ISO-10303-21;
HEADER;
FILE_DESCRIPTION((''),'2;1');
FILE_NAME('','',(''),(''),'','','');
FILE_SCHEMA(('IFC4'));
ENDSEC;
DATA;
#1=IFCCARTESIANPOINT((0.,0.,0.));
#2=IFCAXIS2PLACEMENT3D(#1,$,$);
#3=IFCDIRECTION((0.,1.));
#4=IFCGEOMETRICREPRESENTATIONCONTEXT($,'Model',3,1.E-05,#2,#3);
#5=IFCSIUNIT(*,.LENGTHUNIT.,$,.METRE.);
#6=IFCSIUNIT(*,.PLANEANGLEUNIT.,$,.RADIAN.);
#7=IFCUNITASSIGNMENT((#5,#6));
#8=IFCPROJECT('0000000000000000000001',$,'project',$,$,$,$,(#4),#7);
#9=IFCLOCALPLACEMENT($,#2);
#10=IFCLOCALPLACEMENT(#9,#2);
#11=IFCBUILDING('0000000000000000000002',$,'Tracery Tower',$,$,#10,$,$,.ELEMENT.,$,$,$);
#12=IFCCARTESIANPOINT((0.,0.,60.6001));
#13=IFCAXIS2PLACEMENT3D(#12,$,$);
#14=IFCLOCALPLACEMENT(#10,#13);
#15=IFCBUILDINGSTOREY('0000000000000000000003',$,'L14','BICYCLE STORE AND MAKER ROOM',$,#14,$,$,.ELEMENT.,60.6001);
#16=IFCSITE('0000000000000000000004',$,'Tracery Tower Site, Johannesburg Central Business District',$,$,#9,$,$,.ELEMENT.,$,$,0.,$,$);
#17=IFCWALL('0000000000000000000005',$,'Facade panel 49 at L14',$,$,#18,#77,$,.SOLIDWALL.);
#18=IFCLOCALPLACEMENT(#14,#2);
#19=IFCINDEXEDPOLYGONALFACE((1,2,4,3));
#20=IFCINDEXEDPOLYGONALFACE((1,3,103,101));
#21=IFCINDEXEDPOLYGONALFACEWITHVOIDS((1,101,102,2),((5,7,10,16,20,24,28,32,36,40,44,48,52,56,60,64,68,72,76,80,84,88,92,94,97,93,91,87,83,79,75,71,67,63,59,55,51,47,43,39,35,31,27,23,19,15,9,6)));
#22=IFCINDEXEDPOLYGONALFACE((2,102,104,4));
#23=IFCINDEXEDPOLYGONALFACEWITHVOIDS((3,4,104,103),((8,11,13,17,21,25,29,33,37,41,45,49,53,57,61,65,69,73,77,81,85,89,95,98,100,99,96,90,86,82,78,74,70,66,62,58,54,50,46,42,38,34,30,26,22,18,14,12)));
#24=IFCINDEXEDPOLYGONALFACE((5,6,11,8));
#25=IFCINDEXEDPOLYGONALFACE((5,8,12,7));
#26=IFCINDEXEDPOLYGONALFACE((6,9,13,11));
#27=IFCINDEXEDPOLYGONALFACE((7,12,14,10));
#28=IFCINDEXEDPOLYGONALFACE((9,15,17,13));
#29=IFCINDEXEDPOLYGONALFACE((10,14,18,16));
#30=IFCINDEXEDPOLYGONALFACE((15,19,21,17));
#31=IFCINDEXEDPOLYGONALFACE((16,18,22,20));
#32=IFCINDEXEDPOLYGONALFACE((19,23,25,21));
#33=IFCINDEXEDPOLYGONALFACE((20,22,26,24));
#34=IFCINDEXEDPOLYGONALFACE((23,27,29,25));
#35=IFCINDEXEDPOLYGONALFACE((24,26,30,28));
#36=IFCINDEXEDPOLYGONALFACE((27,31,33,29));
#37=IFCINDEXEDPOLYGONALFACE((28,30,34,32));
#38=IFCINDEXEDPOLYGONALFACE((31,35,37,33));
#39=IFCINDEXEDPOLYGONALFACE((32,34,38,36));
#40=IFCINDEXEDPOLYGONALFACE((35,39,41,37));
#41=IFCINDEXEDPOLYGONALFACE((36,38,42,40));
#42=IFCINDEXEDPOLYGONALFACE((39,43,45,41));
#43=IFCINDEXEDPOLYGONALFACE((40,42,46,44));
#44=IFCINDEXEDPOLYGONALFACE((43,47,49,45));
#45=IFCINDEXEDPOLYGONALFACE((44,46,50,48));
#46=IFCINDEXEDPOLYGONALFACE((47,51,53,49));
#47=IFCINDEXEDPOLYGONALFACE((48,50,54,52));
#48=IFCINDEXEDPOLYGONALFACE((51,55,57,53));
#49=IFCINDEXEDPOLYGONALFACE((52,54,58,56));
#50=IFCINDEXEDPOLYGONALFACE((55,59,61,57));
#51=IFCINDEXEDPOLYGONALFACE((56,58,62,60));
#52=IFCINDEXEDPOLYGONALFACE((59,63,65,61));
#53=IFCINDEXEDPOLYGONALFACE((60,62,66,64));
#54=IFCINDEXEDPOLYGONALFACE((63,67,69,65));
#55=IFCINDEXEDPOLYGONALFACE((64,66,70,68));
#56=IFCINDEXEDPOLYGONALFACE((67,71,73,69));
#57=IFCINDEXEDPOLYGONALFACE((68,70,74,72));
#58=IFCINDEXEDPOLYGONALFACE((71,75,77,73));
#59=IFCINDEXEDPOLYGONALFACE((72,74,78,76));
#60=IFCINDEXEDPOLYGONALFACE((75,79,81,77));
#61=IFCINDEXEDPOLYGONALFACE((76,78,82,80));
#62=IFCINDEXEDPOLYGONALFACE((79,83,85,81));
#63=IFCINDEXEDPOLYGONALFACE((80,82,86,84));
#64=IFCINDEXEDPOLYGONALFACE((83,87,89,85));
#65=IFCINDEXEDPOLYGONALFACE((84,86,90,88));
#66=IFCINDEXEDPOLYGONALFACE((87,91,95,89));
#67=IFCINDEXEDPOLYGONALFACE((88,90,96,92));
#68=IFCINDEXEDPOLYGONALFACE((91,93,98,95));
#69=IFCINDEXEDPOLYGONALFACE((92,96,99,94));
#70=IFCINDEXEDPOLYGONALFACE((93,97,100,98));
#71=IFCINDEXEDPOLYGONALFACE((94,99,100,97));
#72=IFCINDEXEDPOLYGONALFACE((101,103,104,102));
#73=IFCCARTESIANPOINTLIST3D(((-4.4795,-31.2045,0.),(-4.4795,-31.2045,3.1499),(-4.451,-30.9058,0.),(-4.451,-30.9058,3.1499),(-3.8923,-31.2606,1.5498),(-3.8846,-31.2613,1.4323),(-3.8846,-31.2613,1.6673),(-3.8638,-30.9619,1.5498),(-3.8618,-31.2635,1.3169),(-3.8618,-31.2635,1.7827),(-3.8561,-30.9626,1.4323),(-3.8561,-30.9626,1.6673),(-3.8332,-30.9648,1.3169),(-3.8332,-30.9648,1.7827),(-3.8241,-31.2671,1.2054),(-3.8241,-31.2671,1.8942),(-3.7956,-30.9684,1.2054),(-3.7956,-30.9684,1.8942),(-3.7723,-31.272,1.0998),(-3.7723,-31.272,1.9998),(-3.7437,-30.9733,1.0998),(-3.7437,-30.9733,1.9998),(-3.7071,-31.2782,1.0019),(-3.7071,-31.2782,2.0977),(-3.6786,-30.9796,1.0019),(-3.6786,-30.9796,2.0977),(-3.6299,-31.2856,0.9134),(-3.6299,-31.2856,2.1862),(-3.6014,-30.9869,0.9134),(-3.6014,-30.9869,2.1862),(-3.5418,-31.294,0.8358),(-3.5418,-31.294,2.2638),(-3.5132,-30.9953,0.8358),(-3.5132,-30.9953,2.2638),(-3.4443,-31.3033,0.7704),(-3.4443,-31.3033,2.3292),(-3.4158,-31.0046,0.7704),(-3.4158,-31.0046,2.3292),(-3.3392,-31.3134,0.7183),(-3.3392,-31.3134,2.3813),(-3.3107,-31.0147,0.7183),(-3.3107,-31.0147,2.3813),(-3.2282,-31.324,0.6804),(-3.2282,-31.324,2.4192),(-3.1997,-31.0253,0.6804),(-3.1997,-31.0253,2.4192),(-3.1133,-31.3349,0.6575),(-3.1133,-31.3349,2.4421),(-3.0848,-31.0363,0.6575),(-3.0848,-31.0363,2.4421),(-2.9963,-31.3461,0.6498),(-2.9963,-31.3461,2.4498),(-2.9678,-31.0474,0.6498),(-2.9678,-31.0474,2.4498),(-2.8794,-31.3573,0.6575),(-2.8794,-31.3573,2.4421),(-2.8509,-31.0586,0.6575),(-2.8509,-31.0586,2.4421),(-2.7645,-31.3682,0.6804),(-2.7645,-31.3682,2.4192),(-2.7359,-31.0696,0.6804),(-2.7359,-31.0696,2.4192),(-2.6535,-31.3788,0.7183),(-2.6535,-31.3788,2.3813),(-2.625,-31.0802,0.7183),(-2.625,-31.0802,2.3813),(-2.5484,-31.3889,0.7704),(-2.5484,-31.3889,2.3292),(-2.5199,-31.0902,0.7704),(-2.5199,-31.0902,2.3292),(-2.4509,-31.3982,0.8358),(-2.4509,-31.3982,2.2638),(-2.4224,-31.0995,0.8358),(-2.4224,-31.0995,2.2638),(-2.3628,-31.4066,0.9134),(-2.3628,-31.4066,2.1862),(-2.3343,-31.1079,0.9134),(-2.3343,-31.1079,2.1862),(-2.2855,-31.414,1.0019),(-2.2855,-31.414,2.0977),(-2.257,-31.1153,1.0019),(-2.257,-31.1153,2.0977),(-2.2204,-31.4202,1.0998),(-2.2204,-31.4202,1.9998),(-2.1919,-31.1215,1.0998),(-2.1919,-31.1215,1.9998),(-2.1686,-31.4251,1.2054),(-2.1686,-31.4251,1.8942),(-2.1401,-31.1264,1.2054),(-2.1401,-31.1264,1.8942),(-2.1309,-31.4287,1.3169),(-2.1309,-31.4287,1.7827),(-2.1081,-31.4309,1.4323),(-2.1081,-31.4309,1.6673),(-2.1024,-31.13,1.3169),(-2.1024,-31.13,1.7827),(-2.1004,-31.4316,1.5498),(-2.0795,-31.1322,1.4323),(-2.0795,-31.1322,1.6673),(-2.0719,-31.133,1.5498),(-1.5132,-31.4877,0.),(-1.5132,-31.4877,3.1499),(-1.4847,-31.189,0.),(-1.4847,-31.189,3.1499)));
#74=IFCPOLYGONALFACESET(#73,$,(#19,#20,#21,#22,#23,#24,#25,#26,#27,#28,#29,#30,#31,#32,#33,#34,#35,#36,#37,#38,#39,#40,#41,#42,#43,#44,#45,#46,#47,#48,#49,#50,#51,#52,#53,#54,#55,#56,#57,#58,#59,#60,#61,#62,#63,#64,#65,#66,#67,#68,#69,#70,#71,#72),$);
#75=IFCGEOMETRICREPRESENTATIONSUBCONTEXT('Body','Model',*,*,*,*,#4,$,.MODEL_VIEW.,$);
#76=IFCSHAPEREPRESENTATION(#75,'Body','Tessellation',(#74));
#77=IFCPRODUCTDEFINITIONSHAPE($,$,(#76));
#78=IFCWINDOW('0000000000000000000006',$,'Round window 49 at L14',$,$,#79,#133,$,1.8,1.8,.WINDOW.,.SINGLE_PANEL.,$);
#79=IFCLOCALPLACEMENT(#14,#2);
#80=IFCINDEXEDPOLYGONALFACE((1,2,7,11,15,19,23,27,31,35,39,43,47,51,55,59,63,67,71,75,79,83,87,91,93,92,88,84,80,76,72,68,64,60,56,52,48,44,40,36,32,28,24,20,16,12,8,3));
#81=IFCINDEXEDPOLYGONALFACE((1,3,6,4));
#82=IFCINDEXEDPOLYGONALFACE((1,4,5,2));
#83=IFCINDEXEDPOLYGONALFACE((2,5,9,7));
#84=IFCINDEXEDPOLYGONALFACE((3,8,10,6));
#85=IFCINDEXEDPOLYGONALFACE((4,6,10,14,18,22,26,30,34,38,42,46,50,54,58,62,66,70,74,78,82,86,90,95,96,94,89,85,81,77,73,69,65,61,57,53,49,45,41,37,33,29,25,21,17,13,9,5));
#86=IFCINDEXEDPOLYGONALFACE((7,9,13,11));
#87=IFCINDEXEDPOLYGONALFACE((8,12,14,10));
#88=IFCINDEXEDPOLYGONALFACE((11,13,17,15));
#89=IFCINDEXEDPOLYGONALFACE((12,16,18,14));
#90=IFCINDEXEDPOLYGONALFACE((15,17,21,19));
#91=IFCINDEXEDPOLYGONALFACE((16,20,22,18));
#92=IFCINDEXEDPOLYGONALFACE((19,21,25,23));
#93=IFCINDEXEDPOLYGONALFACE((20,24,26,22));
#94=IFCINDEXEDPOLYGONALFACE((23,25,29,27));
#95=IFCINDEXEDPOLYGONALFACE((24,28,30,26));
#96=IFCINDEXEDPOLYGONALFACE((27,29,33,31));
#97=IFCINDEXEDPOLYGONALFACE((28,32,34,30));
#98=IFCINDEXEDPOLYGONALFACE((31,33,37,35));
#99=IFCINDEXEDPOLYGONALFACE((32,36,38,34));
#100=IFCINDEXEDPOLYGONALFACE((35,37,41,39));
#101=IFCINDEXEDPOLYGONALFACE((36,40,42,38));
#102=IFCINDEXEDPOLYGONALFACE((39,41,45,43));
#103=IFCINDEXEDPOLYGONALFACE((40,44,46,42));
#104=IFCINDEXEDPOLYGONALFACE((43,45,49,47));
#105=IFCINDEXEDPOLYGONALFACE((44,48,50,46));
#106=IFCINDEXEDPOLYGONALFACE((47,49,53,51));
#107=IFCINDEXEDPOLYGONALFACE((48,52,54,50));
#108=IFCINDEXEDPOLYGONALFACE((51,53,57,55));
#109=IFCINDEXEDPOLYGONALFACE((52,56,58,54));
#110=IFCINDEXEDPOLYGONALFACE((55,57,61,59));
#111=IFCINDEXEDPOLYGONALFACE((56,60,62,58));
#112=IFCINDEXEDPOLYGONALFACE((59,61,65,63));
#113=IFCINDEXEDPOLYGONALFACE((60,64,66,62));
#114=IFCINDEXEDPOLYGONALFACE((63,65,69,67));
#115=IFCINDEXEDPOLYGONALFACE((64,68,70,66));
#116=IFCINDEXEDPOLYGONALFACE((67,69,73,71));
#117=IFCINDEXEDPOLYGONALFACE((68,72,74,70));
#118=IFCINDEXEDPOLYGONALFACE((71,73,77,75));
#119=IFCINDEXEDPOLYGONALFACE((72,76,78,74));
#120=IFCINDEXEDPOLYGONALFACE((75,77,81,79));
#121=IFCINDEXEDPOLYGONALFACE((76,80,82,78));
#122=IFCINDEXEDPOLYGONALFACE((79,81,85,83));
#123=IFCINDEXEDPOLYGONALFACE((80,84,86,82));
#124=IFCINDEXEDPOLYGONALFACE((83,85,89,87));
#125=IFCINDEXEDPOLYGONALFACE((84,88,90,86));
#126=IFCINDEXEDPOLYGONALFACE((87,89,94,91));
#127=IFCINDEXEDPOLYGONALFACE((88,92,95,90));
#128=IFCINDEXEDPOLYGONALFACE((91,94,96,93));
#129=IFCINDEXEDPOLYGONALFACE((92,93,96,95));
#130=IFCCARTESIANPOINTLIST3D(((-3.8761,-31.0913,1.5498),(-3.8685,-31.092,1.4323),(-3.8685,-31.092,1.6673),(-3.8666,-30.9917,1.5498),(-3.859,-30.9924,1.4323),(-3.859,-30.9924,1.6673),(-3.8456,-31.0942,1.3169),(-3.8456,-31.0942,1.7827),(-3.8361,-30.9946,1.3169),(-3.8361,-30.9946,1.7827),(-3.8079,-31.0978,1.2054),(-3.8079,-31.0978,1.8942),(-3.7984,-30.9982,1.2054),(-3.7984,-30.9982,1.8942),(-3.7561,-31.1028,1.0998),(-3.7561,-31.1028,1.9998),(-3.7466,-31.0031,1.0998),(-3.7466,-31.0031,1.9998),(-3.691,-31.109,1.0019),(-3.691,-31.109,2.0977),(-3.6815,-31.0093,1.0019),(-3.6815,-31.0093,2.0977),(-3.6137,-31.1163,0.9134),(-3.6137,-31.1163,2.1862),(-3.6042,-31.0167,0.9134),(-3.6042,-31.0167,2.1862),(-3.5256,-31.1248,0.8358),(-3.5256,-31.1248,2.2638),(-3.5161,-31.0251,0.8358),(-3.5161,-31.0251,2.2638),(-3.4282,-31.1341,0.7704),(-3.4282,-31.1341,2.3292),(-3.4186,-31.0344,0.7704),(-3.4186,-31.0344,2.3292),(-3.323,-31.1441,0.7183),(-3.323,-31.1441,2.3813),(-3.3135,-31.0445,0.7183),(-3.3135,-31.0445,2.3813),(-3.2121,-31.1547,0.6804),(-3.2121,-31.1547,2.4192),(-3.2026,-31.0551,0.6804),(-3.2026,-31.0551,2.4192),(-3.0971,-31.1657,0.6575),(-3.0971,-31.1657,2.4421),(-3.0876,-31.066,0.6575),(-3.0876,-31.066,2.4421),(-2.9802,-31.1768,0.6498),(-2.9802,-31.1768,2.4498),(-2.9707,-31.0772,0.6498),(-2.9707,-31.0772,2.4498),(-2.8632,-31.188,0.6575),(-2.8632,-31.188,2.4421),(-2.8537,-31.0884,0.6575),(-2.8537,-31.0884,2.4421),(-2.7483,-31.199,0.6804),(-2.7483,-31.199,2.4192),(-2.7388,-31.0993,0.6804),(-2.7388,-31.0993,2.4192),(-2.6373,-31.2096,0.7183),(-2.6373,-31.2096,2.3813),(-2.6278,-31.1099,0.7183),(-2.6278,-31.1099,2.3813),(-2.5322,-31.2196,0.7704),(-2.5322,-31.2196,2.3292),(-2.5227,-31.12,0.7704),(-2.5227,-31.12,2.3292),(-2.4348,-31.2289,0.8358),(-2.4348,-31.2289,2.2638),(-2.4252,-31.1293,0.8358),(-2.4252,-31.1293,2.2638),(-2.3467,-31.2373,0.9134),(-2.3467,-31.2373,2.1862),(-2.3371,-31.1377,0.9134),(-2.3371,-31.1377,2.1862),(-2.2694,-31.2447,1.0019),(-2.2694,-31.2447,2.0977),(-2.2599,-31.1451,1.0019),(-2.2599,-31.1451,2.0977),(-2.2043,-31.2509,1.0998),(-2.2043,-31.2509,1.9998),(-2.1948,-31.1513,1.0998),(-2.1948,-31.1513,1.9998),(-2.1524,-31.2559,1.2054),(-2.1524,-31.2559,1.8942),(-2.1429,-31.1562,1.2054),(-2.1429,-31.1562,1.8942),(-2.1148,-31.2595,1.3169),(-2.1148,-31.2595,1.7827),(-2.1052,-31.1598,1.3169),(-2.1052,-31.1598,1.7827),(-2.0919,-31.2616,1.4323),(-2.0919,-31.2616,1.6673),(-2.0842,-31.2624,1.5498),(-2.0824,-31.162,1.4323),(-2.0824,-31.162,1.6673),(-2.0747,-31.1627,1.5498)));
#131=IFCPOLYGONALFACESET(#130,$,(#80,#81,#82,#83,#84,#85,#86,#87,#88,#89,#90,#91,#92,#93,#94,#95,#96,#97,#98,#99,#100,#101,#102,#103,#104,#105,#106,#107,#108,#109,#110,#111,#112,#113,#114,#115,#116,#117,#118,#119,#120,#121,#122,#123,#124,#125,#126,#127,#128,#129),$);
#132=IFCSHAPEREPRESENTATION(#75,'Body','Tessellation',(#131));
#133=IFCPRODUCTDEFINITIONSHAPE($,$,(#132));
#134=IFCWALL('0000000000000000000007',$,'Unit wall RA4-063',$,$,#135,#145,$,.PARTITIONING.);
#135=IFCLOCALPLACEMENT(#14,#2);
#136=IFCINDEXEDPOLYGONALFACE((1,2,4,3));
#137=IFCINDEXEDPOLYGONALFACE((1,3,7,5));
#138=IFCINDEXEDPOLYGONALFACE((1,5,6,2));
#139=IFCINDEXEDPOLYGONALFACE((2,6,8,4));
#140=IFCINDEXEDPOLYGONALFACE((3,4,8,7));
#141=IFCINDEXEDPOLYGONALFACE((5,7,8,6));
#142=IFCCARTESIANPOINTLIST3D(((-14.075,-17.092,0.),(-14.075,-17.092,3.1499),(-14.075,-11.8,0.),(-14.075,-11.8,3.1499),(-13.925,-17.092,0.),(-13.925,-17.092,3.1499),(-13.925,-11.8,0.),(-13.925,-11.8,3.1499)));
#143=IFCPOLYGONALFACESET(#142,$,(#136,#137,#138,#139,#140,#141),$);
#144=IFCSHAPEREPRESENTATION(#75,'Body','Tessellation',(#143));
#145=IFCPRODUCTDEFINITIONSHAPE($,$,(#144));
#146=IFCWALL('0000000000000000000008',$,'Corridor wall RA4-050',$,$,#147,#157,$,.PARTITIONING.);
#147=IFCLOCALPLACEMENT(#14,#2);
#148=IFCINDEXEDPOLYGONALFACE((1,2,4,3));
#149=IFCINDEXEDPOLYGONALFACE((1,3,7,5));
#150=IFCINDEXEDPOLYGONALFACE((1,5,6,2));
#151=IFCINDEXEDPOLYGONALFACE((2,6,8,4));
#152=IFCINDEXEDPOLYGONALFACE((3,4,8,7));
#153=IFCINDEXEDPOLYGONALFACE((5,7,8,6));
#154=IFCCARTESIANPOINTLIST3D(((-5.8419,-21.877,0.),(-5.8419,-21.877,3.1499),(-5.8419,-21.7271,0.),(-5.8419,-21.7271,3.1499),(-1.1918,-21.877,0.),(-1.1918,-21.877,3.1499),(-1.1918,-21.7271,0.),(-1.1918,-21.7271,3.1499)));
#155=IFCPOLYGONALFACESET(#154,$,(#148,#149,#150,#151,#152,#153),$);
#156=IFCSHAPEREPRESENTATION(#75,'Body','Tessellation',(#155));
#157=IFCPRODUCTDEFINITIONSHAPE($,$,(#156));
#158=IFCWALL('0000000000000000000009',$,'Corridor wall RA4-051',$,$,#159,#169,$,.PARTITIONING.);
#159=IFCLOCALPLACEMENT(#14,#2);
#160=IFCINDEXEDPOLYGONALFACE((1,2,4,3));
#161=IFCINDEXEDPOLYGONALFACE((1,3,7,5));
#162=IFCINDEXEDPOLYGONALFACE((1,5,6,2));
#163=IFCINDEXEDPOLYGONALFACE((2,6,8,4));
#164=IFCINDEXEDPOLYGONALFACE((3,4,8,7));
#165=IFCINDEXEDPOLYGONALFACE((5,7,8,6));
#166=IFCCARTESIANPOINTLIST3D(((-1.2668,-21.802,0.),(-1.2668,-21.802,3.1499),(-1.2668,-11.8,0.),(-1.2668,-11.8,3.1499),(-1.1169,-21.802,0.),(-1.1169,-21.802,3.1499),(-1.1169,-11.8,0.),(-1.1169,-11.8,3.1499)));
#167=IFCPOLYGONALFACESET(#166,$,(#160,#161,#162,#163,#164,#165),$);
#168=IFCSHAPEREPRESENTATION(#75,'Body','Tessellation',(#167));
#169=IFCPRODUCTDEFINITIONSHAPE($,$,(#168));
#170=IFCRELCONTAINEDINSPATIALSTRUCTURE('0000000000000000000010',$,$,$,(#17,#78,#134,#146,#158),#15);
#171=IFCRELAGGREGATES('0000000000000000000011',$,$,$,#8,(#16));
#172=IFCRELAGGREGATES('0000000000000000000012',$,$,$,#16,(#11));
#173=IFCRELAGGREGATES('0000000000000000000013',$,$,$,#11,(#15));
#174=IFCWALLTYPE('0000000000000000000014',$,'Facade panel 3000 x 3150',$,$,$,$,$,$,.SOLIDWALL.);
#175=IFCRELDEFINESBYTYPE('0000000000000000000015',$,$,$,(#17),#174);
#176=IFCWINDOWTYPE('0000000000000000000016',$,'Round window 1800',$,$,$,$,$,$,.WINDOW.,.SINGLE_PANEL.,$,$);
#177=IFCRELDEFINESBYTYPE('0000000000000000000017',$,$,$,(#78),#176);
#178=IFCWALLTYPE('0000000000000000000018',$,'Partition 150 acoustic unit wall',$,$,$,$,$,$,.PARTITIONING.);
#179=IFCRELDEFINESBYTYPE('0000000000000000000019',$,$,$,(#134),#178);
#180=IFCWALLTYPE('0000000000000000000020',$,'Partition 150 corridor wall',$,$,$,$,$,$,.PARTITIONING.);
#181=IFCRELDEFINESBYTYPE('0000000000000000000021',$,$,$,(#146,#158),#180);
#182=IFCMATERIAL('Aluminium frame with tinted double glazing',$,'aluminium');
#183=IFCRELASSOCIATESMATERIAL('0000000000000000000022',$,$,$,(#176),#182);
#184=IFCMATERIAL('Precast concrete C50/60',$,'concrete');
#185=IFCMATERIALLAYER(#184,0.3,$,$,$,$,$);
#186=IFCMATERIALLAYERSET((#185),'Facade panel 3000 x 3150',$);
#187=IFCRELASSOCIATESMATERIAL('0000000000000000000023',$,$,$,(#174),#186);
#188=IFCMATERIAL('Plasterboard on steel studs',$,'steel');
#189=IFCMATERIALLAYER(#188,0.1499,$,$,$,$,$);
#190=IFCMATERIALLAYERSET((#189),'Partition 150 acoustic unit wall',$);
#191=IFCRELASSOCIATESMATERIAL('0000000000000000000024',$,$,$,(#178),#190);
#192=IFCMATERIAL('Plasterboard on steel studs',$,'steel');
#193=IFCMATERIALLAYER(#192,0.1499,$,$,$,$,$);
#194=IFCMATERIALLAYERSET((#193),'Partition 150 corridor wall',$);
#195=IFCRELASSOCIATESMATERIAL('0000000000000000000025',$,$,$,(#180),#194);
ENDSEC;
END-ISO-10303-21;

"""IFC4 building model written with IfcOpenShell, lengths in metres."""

from ifc_helpers import new_model, si_unit, direction, frame, frame_2d, origin, origin_2d, place, context, subcontext, project, spatial, rectangle, circle, extrude, material, layer, layer_set, type_object, element, fill, save


model = new_model("IFC4")

# Units and contexts
model_context = context("Model", 3, precision=1e-05, world=origin(), true_north=direction((0.0, 1.0)))
body_context = subcontext(model_context, "Body", "Model", "MODEL_VIEW")
ifc_project = project(units=[si_unit("LENGTHUNIT", "METRE"), si_unit("PLANEANGLEUNIT", "RADIAN")], contexts=[model_context])

# Site, building, storey
site_placement = place(None, origin())
site = spatial("IfcSite", under=ifc_project, at=site_placement, Name="Tracery Tower Site, Johannesburg Central Business District", CompositionType="ELEMENT", RefElevation=0.0)
building_placement = place(site_placement, origin())
building = spatial("IfcBuilding", under=site, at=building_placement, Name="Tracery Tower", CompositionType="ELEMENT")
storey_placement = place(building_placement, frame((0.0, 0.0, 60.6001)))
storey = spatial("IfcBuildingStorey", under=building, at=storey_placement, Name="L14", Description="BICYCLE STORE AND MAKER ROOM", CompositionType="ELEMENT", Elevation=60.6001)

# Wall, opening, window
ifc_material_1 = material(Name="Aluminium frame with tinted double glazing", Category="aluminium")
window_type = type_object("IfcWindowType", Name="Round window 1800", PartitioningType="SINGLE_PANEL", PredefinedType="WINDOW", material=ifc_material_1)
ifc_material_2 = material(Name="Precast concrete C50/60", Category="concrete")
ifc_layer_1 = layer(ifc_material_2, 0.3)
ifc_layer_set_1 = layer_set([ifc_layer_1], Name="Facade panel 3000 x 3150")
wall_type_1 = type_object("IfcWallType", Name="Facade panel 3000 x 3150", PredefinedType="SOLIDWALL", material=ifc_layer_set_1)
wall_1_placement = place(storey_placement, frame((-4.4651, -31.0552, 0.0), z_axis=(0.0, 0.0, 1.0), x_axis=(0.995473, -0.095041, 0.0)))
wall_1 = element("IfcWall", 1, at=wall_1_placement, inside=storey, type_object=wall_type_1, Name="Facade panel 49 at L14", PredefinedType="SOLIDWALL", context=body_context, shape_type="SweptSolid", body=[
    extrude(rectangle(XDim=2.9797, YDim=0.3, at=frame_2d((1.4897, 0.0))), origin(), (0.0, 0.0, 1.0), 3.1499),
])
opening_1_placement = place(wall_1_placement, frame((1.4897, 0.0, 1.5498)))
opening_1 = element("IfcOpeningElement", 2, at=opening_1_placement, cuts=wall_1, PredefinedType="OPENING", context=body_context, shape_type="SweptSolid", body=[
    extrude(circle(Radius=0.9, at=origin_2d()), frame((0.0, 0.1599, 0.0), z_axis=(0.0, -1.0, 0.0), x_axis=(1.0, 0.0, 0.0)), (0.0, 0.0, 1.0), 0.3201),
])
window_1_placement = place(opening_1_placement, origin())
window_1 = element("IfcWindow", 3, at=window_1_placement, inside=storey, type_object=window_type, Name="Round window 49 at L14", OverallHeight=1.8, OverallWidth=1.8, PartitioningType="SINGLE_PANEL", PredefinedType="WINDOW", context=body_context, shape_type="SweptSolid", body=[
    extrude(circle(Radius=0.9, at=origin_2d()), frame((0.0, 0.1201, 0.0), z_axis=(0.0, -1.0, 0.0), x_axis=(1.0, 0.0, 0.0)), (0.0, 0.0, 1.0), 0.1001),
])
fill(opening_1, window_1)

# Walls
ifc_material_3 = material(Name="Plasterboard on steel studs", Category="steel")
ifc_layer_2 = layer(ifc_material_3, 0.1499)
ifc_layer_set_2 = layer_set([ifc_layer_2], Name="Partition 150 acoustic unit wall")
wall_type_2 = type_object("IfcWallType", Name="Partition 150 acoustic unit wall", PredefinedType="PARTITIONING", material=ifc_layer_set_2)
wall_2_placement = place(storey_placement, frame((-14.0, -17.092, 0.0), z_axis=(0.0, 0.0, 1.0), x_axis=(0.0, 1.0, 0.0)))
element("IfcWall", 4, at=wall_2_placement, inside=storey, type_object=wall_type_2, Name="Unit wall RA4-063", PredefinedType="PARTITIONING", context=body_context, shape_type="SweptSolid", body=[
    extrude(rectangle(XDim=5.292, YDim=0.1499, at=frame_2d((2.646, 0.0))), origin(), (0.0, 0.0, 1.0), 3.1499),
])
ifc_material_4 = material(Name="Plasterboard on steel studs", Category="steel")
ifc_layer_3 = layer(ifc_material_4, 0.1499)
ifc_layer_set_3 = layer_set([ifc_layer_3], Name="Partition 150 corridor wall")
wall_type_3 = type_object("IfcWallType", Name="Partition 150 corridor wall", PredefinedType="PARTITIONING", material=ifc_layer_set_3)
wall_3_placement = place(storey_placement, frame((-5.842, -21.802, 0.0), z_axis=(0.0, 0.0, 1.0), x_axis=(1.0, 0.0, 0.0)))
element("IfcWall", 5, at=wall_3_placement, inside=storey, type_object=wall_type_3, Name="Corridor wall RA4-050", PredefinedType="PARTITIONING", context=body_context, shape_type="SweptSolid", body=[
    extrude(rectangle(XDim=4.6501, YDim=0.1499, at=frame_2d((2.3252, 0.0))), origin(), (0.0, 0.0, 1.0), 3.1499),
])
wall_4_placement = place(storey_placement, frame((-1.1919, -21.802, 0.0), z_axis=(0.0, 0.0, 1.0), x_axis=(0.0, 1.0, 0.0)))
element("IfcWall", 6, at=wall_4_placement, inside=storey, type_object=wall_type_3, Name="Corridor wall RA4-051", PredefinedType="PARTITIONING", context=body_context, shape_type="SweptSolid", body=[
    extrude(rectangle(XDim=10.002, YDim=0.1499, at=frame_2d((5.001, 0.0))), origin(), (0.0, 0.0, 1.0), 3.1499),
])

save(model, "model.ifc")
